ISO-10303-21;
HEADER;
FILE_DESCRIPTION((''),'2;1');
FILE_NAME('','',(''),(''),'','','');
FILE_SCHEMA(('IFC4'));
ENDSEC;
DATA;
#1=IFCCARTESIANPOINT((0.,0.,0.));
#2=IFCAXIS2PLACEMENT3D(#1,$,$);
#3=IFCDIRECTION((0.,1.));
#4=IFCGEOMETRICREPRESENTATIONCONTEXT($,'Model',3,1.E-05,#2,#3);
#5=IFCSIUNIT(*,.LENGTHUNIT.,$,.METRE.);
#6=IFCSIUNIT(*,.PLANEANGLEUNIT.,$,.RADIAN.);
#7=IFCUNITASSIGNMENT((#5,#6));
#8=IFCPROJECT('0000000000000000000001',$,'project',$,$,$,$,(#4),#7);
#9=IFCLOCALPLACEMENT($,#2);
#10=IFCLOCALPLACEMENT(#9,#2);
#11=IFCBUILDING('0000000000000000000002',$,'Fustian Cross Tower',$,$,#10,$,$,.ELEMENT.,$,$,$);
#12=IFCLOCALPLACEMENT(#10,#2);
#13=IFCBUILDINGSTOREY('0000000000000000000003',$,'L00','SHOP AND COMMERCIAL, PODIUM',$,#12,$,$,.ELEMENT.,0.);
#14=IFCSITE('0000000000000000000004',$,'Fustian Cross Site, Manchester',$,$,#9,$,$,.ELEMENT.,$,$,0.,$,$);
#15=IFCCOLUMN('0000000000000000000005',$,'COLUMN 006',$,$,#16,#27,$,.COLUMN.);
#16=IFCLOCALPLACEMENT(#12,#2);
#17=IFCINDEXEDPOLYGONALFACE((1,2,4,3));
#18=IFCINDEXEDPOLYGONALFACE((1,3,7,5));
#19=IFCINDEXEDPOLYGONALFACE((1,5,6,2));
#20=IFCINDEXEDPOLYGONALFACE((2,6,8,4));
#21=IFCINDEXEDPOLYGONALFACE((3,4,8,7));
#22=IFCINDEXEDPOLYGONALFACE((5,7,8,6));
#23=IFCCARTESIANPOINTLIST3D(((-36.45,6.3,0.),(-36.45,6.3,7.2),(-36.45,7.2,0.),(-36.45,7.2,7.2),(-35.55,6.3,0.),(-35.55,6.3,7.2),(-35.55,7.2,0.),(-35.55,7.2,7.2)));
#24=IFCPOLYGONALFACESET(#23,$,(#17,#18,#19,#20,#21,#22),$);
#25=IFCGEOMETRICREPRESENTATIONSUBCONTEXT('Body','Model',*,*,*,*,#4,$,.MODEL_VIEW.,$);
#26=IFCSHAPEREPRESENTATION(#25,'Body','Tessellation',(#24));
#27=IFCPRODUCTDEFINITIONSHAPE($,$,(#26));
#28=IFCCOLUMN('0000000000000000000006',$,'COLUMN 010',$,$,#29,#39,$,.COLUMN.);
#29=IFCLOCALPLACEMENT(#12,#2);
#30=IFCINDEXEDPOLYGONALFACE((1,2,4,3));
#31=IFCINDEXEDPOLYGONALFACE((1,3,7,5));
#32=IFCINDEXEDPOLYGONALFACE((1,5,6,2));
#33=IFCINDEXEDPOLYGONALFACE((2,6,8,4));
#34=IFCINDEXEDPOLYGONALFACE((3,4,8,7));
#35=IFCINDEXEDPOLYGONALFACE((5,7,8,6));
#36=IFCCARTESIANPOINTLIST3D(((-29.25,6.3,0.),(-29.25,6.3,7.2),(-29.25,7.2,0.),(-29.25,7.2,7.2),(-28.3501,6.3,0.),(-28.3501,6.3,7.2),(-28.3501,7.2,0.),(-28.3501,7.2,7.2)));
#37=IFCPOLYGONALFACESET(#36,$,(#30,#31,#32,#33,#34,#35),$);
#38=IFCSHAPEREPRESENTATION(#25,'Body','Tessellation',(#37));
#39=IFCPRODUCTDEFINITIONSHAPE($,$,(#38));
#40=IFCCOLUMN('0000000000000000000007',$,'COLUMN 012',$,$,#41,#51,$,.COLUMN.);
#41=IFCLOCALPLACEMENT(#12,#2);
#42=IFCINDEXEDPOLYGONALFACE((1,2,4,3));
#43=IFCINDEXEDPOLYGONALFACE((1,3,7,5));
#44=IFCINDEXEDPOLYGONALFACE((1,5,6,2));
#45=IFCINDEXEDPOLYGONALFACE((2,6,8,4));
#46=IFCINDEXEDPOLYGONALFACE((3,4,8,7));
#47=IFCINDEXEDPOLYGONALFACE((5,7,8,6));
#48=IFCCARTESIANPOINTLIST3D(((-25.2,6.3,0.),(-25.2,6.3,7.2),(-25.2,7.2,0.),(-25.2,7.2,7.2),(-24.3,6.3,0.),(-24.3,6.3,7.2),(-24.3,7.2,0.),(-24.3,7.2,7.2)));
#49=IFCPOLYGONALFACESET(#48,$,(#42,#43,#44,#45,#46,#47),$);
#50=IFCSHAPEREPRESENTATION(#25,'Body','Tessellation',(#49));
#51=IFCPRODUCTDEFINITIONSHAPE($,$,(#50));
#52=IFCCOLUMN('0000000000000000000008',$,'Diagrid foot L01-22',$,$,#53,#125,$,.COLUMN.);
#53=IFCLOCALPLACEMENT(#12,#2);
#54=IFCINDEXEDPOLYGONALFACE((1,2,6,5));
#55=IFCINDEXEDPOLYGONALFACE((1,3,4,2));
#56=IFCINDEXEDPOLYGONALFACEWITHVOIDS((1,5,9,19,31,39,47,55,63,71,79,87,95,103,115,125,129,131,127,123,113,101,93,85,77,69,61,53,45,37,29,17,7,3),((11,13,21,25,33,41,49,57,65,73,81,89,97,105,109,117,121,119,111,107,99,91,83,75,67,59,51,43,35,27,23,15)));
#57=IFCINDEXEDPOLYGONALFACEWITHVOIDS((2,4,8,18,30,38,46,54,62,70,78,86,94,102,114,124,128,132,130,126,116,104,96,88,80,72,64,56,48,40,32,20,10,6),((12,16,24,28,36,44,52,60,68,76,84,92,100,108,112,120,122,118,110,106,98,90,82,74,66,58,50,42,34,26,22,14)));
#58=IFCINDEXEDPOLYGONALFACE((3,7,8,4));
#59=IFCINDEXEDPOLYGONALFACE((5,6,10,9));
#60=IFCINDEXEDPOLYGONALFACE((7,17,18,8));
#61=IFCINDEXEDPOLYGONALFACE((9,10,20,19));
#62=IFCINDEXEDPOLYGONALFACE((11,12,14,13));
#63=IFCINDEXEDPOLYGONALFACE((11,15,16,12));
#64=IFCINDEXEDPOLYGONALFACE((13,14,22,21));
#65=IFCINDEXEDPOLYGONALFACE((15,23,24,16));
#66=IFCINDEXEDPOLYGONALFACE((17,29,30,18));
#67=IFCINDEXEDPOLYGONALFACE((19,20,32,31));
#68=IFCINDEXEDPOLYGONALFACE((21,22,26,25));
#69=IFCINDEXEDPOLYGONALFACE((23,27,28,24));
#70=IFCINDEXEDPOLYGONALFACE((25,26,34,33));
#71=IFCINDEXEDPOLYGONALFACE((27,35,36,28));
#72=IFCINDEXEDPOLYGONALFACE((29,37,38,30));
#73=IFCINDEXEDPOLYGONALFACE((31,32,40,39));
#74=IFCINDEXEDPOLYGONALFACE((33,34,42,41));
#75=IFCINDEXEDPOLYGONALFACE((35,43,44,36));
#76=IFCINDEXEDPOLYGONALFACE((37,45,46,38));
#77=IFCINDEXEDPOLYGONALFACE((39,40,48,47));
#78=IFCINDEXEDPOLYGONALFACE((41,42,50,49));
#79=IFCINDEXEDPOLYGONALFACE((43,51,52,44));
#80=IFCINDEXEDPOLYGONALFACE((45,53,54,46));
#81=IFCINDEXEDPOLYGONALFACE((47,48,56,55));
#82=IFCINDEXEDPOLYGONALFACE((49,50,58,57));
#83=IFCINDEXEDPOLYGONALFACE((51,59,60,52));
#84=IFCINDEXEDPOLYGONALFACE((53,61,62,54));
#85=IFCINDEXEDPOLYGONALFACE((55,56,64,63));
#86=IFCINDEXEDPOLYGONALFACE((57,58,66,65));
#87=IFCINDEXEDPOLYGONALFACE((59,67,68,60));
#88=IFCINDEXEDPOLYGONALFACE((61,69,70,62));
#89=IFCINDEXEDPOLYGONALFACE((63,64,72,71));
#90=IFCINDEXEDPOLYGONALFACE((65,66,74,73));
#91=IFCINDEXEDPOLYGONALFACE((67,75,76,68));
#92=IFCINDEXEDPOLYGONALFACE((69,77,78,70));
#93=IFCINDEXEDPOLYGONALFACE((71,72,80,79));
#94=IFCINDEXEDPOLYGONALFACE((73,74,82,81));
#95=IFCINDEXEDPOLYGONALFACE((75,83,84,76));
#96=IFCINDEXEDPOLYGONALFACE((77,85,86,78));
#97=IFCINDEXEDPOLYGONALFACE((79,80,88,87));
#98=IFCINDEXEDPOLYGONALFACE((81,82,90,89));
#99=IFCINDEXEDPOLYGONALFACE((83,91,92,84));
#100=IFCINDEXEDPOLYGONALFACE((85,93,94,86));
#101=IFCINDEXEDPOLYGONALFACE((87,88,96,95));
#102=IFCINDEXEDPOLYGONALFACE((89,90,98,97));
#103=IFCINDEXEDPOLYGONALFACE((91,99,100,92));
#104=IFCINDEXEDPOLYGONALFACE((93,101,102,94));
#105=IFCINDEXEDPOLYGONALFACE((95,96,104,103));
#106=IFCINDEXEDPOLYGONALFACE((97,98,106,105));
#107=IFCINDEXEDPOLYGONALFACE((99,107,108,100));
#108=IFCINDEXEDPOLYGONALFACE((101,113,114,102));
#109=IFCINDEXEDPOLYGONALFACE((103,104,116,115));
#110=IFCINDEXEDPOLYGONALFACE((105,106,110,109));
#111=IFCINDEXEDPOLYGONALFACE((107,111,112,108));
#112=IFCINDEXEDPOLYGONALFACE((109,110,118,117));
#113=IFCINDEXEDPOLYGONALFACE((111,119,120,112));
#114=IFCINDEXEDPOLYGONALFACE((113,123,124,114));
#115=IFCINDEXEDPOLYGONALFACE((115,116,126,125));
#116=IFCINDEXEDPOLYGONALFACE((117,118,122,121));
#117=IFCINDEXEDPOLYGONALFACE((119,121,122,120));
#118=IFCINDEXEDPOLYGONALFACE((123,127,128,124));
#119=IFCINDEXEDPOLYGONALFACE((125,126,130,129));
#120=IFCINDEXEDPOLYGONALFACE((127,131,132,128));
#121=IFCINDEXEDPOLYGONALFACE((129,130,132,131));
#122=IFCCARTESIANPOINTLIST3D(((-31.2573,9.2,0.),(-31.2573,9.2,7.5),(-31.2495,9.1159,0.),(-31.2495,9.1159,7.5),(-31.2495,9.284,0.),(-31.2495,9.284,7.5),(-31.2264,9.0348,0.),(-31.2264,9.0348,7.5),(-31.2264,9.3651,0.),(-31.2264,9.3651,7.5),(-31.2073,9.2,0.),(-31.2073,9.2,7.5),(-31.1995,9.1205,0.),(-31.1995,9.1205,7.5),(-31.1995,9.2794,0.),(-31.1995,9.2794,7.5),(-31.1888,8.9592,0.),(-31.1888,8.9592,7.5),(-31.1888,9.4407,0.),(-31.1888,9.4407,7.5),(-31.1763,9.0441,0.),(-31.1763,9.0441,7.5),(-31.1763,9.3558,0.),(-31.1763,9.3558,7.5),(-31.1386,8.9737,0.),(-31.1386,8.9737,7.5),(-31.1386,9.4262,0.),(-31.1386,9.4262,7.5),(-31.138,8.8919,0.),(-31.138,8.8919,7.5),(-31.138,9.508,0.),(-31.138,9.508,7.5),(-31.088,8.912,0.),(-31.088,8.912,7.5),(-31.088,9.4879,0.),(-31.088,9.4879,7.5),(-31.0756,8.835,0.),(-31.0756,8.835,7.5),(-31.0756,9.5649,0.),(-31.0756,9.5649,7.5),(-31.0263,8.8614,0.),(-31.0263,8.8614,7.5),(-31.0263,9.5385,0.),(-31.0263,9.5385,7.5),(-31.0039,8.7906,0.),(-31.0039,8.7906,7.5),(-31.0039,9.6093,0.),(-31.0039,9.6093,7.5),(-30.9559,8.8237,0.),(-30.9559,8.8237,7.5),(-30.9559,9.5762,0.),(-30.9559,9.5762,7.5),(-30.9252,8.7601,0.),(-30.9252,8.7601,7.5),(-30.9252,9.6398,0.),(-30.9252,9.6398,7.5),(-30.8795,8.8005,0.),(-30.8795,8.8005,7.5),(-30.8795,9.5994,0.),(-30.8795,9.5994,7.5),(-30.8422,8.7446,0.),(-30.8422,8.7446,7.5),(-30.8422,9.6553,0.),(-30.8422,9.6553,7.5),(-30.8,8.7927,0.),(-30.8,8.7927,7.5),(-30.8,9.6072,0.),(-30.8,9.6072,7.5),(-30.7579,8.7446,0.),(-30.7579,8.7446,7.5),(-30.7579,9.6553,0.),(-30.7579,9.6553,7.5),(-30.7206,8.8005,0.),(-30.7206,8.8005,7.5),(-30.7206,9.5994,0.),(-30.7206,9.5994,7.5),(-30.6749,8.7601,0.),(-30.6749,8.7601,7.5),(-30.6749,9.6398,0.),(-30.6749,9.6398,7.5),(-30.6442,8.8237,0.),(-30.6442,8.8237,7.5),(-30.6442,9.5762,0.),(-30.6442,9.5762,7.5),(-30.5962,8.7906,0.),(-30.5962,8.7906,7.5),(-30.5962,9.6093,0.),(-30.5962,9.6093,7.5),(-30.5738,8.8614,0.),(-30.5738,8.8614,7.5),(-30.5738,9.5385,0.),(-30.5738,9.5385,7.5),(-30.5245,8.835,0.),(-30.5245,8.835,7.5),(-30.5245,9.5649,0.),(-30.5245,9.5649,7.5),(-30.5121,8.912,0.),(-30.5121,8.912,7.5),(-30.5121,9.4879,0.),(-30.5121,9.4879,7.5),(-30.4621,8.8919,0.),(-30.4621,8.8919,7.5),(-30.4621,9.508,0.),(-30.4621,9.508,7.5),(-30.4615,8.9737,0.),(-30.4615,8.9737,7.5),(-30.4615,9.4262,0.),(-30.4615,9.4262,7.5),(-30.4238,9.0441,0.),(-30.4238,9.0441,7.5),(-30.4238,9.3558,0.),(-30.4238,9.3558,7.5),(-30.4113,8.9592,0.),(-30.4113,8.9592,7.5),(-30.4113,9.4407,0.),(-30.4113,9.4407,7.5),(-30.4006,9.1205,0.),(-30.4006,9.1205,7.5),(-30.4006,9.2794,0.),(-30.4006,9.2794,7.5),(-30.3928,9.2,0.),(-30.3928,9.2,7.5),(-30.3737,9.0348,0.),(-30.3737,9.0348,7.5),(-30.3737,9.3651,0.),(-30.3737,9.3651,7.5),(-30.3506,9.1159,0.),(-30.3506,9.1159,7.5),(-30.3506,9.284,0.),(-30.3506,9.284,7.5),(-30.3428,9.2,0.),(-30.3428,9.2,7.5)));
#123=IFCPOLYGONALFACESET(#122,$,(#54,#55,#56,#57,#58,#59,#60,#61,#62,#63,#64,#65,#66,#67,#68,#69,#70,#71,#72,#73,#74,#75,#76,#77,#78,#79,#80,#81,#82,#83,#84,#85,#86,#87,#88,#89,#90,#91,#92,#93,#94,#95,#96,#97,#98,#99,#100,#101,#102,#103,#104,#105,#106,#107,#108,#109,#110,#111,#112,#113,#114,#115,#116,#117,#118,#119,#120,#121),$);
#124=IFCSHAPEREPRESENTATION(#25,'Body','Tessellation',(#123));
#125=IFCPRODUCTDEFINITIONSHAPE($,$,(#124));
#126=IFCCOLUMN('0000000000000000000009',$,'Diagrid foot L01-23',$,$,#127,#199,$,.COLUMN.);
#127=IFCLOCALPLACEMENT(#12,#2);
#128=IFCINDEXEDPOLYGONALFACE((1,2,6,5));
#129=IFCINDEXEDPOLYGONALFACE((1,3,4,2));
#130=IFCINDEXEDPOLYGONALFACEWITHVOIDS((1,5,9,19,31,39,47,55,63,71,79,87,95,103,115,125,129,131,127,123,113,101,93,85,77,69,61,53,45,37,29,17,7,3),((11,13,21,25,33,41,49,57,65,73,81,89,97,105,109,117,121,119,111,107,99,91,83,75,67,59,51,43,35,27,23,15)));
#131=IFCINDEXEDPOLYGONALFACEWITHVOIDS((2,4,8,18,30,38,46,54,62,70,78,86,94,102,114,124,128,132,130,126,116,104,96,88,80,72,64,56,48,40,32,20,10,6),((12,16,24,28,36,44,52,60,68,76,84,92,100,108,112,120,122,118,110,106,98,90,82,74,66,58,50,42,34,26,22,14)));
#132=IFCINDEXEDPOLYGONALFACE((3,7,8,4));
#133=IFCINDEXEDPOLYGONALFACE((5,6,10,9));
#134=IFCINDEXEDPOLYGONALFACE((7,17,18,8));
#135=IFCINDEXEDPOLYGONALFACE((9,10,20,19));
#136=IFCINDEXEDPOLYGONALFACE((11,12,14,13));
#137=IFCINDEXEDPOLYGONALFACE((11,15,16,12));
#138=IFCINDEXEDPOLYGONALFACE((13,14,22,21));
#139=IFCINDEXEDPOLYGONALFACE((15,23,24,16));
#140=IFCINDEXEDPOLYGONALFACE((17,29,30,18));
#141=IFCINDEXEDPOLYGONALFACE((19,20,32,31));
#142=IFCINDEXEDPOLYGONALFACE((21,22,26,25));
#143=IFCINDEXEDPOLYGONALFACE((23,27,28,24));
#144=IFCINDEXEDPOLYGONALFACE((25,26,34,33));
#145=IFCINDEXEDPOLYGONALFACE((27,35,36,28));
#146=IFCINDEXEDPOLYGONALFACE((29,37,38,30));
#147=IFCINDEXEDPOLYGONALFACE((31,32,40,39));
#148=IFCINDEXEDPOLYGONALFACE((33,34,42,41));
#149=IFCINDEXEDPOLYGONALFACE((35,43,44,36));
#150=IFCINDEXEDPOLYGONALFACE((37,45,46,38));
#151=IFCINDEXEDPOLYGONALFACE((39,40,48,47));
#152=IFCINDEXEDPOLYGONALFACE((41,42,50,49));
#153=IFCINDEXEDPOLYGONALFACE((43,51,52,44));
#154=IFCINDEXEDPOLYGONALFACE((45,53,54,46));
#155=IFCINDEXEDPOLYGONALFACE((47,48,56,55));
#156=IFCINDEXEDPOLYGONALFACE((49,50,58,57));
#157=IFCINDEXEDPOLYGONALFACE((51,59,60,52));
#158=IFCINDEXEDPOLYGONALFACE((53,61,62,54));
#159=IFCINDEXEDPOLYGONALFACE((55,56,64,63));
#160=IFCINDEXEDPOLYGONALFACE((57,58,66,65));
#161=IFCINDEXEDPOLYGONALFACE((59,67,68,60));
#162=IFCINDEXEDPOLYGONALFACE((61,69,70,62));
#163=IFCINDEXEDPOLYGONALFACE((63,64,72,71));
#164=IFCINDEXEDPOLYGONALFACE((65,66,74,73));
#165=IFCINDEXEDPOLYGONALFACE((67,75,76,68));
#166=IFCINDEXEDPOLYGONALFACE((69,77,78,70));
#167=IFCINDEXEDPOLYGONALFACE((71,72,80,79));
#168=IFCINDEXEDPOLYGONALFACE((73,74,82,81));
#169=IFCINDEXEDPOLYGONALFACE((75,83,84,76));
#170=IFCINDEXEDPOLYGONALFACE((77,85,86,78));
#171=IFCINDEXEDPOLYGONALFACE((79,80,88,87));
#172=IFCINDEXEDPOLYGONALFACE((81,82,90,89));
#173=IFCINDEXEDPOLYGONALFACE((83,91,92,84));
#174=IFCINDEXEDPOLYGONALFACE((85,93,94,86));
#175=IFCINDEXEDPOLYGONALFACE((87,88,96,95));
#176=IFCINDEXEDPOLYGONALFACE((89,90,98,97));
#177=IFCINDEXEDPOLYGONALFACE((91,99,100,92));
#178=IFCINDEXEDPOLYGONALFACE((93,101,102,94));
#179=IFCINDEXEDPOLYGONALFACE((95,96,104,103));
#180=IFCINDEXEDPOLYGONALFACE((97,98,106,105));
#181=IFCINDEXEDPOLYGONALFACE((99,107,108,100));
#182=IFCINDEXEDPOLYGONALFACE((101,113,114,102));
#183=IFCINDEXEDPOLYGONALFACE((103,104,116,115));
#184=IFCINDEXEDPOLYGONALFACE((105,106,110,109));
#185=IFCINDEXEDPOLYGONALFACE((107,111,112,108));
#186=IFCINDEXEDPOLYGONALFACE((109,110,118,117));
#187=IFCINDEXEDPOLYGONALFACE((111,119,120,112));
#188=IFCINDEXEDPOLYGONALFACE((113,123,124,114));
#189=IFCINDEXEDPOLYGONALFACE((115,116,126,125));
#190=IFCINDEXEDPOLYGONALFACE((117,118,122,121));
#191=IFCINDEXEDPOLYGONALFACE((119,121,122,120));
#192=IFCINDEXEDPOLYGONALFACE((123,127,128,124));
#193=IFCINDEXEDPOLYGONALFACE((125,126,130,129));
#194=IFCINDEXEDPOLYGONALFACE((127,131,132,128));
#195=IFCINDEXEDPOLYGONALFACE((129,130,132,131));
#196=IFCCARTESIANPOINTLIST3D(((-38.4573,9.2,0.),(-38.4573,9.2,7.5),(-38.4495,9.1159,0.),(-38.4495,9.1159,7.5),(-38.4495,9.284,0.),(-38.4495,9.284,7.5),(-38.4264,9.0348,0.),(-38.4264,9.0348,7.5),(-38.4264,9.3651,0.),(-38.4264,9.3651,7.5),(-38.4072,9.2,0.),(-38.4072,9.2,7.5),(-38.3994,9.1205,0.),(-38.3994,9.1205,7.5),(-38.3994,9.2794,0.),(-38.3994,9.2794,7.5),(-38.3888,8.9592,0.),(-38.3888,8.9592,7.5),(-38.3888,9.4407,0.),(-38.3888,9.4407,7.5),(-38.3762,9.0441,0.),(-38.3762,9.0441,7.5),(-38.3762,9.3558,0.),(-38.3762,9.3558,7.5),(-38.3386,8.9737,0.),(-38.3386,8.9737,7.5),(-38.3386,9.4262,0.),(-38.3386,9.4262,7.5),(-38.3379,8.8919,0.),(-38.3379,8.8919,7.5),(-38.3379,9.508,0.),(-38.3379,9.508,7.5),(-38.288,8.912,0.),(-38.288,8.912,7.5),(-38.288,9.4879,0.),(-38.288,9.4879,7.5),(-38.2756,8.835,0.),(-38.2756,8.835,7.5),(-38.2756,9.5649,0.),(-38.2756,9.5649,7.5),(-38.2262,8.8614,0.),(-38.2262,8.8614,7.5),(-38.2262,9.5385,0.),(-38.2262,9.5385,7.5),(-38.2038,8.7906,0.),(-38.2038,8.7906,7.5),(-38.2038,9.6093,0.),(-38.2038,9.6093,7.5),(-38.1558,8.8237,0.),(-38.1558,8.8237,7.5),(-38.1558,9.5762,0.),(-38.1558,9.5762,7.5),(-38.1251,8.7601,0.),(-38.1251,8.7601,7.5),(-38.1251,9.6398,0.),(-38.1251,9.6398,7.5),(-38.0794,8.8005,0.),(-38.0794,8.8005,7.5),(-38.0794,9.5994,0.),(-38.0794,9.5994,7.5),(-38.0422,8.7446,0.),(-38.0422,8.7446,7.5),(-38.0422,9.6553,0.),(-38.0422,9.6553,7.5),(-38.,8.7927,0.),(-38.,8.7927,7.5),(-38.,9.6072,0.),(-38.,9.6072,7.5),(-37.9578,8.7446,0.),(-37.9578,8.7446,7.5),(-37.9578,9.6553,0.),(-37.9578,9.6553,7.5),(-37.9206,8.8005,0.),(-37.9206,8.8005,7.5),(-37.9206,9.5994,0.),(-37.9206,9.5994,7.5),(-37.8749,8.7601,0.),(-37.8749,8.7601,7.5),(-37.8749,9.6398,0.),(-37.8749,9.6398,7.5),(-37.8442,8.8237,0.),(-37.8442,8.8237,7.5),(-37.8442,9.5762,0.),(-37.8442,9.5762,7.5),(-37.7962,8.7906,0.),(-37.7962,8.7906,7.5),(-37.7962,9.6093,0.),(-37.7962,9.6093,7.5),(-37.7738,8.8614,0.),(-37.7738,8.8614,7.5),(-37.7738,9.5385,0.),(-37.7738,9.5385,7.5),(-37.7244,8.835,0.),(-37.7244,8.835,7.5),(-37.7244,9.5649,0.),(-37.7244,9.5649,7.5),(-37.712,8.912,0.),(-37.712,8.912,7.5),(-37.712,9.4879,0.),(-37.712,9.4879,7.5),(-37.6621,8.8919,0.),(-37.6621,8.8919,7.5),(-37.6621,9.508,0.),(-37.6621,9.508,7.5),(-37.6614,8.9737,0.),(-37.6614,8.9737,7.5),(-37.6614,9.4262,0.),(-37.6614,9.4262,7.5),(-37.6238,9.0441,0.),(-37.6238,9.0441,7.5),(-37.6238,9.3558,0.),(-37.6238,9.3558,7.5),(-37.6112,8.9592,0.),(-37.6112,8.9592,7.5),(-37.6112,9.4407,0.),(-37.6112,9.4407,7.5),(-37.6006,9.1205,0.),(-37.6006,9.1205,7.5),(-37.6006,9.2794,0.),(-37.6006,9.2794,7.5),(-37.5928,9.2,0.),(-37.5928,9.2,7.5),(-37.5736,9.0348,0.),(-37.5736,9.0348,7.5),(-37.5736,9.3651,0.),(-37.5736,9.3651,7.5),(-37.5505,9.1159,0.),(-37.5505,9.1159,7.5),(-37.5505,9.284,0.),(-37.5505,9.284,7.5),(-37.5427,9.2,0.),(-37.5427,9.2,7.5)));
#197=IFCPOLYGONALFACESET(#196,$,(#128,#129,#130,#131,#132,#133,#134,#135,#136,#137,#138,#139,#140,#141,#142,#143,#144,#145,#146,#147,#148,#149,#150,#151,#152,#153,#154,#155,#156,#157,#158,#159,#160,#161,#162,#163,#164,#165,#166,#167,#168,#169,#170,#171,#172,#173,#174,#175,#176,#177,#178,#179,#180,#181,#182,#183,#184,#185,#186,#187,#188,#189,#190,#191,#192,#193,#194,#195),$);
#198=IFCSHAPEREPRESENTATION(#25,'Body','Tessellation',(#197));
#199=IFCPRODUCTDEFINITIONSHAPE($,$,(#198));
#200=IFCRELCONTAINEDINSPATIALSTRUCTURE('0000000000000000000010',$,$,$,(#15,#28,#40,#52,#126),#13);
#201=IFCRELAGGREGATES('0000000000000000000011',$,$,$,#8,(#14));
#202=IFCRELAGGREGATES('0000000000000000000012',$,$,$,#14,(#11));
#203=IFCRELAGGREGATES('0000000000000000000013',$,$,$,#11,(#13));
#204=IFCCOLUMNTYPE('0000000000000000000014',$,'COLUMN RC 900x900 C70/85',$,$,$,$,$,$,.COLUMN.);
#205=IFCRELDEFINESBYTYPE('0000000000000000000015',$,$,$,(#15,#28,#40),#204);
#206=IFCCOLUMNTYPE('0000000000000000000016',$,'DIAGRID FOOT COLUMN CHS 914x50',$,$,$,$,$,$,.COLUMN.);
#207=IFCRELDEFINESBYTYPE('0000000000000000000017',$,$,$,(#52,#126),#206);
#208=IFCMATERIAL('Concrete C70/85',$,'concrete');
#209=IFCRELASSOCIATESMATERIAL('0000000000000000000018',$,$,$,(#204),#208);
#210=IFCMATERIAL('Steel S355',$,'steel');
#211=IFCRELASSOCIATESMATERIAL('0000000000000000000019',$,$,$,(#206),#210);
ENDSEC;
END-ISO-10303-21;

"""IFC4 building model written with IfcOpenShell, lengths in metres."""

from ifc_helpers import new_model, si_unit, direction, frame, origin, origin_2d, place, context, subcontext, project, spatial, rectangle, hollow_circle, extrude, material, material_profile, profile_set, type_object, element, save


model = new_model("IFC4")

# Units and contexts
model_context = context("Model", 3, precision=1e-05, world=origin(), true_north=direction((0.0, 1.0)))
body_context = subcontext(model_context, "Body", "Model", "MODEL_VIEW")
ifc_project = project(units=[si_unit("LENGTHUNIT", "METRE"), si_unit("PLANEANGLEUNIT", "RADIAN")], contexts=[model_context])

# Site, building, storey
site_placement = place(None, origin())
site = spatial("IfcSite", under=ifc_project, at=site_placement, Name="Fustian Cross Site, Manchester", CompositionType="ELEMENT", RefElevation=0.0)
building_placement = place(site_placement, origin())
building = spatial("IfcBuilding", under=site, at=building_placement, Name="Fustian Cross Tower", CompositionType="ELEMENT")
storey_placement = place(building_placement, origin())
storey = spatial("IfcBuildingStorey", under=building, at=storey_placement, Name="L00", Description="SHOP AND COMMERCIAL, PODIUM", CompositionType="ELEMENT", Elevation=0.0)

# Columns
ifc_material_1 = material(Name="Concrete C70/85", Category="concrete")
ifc_material_profile_1 = material_profile(ifc_material_1, rectangle(XDim=0.8999, YDim=0.8999, at=origin_2d()), Name="RC 900x900")
ifc_profile_set_1 = profile_set([ifc_material_profile_1], Name="Concrete C70/85")
column_type_1 = type_object("IfcColumnType", Name="COLUMN RC 900x900 C70/85", PredefinedType="COLUMN", material=ifc_profile_set_1)
for number, where, z_axis, x_axis, name in (
    (1, (-36.0, 6.75, 0.0), (0.0, 0.0, 1.0), (1.0, 0.0, 0.0), "COLUMN 006"),
    (2, (-28.8, 6.75, 0.0), (0.0, 0.0, 1.0), (1.0, 0.0, 0.0), "COLUMN 010"),
    (3, (-24.75, 6.75, 0.0), (0.0, 0.0, 1.0), (1.0, 0.0, 0.0), "COLUMN 012"),
):
    element("IfcColumn", number, at=place(storey_placement, frame(where, z_axis=z_axis, x_axis=x_axis)), inside=storey, type_object=column_type_1, Name=name, PredefinedType="COLUMN", context=body_context, shape_type="SweptSolid", body=[
        extrude(rectangle(XDim=0.8999, YDim=0.8999, at=origin_2d()), origin(), (0.0, 0.0, 1.0), 7.2),
    ])
ifc_material_2 = material(Name="Steel S355", Category="steel")
ifc_material_profile_2 = material_profile(ifc_material_2, hollow_circle(Radius=0.4573, WallThickness=0.05, at=origin_2d()), Name="CHS 914x50")
ifc_profile_set_2 = profile_set([ifc_material_profile_2], Name="Steel S355")
column_type_2 = type_object("IfcColumnType", Name="DIAGRID FOOT COLUMN CHS 914x50", PredefinedType="COLUMN", material=ifc_profile_set_2)
for number, where, z_axis, x_axis, name in (
    (4, (-30.8, 9.2, 0.0), (0.0, 0.0, 1.0), (1.0, 0.0, 0.0), "Diagrid foot L01-22"),
    (5, (-38.0, 9.2, 0.0), (0.0, 0.0, 1.0), (1.0, 0.0, 0.0), "Diagrid foot L01-23"),
):
    element("IfcColumn", number, at=place(storey_placement, frame(where, z_axis=z_axis, x_axis=x_axis)), inside=storey, type_object=column_type_2, Name=name, PredefinedType="COLUMN", context=body_context, shape_type="SweptSolid", body=[
        extrude(hollow_circle(Radius=0.4573, WallThickness=0.05, at=origin_2d()), origin(), (0.0, 0.0, 1.0), 7.5),
    ])

save(model, "model.ifc")
